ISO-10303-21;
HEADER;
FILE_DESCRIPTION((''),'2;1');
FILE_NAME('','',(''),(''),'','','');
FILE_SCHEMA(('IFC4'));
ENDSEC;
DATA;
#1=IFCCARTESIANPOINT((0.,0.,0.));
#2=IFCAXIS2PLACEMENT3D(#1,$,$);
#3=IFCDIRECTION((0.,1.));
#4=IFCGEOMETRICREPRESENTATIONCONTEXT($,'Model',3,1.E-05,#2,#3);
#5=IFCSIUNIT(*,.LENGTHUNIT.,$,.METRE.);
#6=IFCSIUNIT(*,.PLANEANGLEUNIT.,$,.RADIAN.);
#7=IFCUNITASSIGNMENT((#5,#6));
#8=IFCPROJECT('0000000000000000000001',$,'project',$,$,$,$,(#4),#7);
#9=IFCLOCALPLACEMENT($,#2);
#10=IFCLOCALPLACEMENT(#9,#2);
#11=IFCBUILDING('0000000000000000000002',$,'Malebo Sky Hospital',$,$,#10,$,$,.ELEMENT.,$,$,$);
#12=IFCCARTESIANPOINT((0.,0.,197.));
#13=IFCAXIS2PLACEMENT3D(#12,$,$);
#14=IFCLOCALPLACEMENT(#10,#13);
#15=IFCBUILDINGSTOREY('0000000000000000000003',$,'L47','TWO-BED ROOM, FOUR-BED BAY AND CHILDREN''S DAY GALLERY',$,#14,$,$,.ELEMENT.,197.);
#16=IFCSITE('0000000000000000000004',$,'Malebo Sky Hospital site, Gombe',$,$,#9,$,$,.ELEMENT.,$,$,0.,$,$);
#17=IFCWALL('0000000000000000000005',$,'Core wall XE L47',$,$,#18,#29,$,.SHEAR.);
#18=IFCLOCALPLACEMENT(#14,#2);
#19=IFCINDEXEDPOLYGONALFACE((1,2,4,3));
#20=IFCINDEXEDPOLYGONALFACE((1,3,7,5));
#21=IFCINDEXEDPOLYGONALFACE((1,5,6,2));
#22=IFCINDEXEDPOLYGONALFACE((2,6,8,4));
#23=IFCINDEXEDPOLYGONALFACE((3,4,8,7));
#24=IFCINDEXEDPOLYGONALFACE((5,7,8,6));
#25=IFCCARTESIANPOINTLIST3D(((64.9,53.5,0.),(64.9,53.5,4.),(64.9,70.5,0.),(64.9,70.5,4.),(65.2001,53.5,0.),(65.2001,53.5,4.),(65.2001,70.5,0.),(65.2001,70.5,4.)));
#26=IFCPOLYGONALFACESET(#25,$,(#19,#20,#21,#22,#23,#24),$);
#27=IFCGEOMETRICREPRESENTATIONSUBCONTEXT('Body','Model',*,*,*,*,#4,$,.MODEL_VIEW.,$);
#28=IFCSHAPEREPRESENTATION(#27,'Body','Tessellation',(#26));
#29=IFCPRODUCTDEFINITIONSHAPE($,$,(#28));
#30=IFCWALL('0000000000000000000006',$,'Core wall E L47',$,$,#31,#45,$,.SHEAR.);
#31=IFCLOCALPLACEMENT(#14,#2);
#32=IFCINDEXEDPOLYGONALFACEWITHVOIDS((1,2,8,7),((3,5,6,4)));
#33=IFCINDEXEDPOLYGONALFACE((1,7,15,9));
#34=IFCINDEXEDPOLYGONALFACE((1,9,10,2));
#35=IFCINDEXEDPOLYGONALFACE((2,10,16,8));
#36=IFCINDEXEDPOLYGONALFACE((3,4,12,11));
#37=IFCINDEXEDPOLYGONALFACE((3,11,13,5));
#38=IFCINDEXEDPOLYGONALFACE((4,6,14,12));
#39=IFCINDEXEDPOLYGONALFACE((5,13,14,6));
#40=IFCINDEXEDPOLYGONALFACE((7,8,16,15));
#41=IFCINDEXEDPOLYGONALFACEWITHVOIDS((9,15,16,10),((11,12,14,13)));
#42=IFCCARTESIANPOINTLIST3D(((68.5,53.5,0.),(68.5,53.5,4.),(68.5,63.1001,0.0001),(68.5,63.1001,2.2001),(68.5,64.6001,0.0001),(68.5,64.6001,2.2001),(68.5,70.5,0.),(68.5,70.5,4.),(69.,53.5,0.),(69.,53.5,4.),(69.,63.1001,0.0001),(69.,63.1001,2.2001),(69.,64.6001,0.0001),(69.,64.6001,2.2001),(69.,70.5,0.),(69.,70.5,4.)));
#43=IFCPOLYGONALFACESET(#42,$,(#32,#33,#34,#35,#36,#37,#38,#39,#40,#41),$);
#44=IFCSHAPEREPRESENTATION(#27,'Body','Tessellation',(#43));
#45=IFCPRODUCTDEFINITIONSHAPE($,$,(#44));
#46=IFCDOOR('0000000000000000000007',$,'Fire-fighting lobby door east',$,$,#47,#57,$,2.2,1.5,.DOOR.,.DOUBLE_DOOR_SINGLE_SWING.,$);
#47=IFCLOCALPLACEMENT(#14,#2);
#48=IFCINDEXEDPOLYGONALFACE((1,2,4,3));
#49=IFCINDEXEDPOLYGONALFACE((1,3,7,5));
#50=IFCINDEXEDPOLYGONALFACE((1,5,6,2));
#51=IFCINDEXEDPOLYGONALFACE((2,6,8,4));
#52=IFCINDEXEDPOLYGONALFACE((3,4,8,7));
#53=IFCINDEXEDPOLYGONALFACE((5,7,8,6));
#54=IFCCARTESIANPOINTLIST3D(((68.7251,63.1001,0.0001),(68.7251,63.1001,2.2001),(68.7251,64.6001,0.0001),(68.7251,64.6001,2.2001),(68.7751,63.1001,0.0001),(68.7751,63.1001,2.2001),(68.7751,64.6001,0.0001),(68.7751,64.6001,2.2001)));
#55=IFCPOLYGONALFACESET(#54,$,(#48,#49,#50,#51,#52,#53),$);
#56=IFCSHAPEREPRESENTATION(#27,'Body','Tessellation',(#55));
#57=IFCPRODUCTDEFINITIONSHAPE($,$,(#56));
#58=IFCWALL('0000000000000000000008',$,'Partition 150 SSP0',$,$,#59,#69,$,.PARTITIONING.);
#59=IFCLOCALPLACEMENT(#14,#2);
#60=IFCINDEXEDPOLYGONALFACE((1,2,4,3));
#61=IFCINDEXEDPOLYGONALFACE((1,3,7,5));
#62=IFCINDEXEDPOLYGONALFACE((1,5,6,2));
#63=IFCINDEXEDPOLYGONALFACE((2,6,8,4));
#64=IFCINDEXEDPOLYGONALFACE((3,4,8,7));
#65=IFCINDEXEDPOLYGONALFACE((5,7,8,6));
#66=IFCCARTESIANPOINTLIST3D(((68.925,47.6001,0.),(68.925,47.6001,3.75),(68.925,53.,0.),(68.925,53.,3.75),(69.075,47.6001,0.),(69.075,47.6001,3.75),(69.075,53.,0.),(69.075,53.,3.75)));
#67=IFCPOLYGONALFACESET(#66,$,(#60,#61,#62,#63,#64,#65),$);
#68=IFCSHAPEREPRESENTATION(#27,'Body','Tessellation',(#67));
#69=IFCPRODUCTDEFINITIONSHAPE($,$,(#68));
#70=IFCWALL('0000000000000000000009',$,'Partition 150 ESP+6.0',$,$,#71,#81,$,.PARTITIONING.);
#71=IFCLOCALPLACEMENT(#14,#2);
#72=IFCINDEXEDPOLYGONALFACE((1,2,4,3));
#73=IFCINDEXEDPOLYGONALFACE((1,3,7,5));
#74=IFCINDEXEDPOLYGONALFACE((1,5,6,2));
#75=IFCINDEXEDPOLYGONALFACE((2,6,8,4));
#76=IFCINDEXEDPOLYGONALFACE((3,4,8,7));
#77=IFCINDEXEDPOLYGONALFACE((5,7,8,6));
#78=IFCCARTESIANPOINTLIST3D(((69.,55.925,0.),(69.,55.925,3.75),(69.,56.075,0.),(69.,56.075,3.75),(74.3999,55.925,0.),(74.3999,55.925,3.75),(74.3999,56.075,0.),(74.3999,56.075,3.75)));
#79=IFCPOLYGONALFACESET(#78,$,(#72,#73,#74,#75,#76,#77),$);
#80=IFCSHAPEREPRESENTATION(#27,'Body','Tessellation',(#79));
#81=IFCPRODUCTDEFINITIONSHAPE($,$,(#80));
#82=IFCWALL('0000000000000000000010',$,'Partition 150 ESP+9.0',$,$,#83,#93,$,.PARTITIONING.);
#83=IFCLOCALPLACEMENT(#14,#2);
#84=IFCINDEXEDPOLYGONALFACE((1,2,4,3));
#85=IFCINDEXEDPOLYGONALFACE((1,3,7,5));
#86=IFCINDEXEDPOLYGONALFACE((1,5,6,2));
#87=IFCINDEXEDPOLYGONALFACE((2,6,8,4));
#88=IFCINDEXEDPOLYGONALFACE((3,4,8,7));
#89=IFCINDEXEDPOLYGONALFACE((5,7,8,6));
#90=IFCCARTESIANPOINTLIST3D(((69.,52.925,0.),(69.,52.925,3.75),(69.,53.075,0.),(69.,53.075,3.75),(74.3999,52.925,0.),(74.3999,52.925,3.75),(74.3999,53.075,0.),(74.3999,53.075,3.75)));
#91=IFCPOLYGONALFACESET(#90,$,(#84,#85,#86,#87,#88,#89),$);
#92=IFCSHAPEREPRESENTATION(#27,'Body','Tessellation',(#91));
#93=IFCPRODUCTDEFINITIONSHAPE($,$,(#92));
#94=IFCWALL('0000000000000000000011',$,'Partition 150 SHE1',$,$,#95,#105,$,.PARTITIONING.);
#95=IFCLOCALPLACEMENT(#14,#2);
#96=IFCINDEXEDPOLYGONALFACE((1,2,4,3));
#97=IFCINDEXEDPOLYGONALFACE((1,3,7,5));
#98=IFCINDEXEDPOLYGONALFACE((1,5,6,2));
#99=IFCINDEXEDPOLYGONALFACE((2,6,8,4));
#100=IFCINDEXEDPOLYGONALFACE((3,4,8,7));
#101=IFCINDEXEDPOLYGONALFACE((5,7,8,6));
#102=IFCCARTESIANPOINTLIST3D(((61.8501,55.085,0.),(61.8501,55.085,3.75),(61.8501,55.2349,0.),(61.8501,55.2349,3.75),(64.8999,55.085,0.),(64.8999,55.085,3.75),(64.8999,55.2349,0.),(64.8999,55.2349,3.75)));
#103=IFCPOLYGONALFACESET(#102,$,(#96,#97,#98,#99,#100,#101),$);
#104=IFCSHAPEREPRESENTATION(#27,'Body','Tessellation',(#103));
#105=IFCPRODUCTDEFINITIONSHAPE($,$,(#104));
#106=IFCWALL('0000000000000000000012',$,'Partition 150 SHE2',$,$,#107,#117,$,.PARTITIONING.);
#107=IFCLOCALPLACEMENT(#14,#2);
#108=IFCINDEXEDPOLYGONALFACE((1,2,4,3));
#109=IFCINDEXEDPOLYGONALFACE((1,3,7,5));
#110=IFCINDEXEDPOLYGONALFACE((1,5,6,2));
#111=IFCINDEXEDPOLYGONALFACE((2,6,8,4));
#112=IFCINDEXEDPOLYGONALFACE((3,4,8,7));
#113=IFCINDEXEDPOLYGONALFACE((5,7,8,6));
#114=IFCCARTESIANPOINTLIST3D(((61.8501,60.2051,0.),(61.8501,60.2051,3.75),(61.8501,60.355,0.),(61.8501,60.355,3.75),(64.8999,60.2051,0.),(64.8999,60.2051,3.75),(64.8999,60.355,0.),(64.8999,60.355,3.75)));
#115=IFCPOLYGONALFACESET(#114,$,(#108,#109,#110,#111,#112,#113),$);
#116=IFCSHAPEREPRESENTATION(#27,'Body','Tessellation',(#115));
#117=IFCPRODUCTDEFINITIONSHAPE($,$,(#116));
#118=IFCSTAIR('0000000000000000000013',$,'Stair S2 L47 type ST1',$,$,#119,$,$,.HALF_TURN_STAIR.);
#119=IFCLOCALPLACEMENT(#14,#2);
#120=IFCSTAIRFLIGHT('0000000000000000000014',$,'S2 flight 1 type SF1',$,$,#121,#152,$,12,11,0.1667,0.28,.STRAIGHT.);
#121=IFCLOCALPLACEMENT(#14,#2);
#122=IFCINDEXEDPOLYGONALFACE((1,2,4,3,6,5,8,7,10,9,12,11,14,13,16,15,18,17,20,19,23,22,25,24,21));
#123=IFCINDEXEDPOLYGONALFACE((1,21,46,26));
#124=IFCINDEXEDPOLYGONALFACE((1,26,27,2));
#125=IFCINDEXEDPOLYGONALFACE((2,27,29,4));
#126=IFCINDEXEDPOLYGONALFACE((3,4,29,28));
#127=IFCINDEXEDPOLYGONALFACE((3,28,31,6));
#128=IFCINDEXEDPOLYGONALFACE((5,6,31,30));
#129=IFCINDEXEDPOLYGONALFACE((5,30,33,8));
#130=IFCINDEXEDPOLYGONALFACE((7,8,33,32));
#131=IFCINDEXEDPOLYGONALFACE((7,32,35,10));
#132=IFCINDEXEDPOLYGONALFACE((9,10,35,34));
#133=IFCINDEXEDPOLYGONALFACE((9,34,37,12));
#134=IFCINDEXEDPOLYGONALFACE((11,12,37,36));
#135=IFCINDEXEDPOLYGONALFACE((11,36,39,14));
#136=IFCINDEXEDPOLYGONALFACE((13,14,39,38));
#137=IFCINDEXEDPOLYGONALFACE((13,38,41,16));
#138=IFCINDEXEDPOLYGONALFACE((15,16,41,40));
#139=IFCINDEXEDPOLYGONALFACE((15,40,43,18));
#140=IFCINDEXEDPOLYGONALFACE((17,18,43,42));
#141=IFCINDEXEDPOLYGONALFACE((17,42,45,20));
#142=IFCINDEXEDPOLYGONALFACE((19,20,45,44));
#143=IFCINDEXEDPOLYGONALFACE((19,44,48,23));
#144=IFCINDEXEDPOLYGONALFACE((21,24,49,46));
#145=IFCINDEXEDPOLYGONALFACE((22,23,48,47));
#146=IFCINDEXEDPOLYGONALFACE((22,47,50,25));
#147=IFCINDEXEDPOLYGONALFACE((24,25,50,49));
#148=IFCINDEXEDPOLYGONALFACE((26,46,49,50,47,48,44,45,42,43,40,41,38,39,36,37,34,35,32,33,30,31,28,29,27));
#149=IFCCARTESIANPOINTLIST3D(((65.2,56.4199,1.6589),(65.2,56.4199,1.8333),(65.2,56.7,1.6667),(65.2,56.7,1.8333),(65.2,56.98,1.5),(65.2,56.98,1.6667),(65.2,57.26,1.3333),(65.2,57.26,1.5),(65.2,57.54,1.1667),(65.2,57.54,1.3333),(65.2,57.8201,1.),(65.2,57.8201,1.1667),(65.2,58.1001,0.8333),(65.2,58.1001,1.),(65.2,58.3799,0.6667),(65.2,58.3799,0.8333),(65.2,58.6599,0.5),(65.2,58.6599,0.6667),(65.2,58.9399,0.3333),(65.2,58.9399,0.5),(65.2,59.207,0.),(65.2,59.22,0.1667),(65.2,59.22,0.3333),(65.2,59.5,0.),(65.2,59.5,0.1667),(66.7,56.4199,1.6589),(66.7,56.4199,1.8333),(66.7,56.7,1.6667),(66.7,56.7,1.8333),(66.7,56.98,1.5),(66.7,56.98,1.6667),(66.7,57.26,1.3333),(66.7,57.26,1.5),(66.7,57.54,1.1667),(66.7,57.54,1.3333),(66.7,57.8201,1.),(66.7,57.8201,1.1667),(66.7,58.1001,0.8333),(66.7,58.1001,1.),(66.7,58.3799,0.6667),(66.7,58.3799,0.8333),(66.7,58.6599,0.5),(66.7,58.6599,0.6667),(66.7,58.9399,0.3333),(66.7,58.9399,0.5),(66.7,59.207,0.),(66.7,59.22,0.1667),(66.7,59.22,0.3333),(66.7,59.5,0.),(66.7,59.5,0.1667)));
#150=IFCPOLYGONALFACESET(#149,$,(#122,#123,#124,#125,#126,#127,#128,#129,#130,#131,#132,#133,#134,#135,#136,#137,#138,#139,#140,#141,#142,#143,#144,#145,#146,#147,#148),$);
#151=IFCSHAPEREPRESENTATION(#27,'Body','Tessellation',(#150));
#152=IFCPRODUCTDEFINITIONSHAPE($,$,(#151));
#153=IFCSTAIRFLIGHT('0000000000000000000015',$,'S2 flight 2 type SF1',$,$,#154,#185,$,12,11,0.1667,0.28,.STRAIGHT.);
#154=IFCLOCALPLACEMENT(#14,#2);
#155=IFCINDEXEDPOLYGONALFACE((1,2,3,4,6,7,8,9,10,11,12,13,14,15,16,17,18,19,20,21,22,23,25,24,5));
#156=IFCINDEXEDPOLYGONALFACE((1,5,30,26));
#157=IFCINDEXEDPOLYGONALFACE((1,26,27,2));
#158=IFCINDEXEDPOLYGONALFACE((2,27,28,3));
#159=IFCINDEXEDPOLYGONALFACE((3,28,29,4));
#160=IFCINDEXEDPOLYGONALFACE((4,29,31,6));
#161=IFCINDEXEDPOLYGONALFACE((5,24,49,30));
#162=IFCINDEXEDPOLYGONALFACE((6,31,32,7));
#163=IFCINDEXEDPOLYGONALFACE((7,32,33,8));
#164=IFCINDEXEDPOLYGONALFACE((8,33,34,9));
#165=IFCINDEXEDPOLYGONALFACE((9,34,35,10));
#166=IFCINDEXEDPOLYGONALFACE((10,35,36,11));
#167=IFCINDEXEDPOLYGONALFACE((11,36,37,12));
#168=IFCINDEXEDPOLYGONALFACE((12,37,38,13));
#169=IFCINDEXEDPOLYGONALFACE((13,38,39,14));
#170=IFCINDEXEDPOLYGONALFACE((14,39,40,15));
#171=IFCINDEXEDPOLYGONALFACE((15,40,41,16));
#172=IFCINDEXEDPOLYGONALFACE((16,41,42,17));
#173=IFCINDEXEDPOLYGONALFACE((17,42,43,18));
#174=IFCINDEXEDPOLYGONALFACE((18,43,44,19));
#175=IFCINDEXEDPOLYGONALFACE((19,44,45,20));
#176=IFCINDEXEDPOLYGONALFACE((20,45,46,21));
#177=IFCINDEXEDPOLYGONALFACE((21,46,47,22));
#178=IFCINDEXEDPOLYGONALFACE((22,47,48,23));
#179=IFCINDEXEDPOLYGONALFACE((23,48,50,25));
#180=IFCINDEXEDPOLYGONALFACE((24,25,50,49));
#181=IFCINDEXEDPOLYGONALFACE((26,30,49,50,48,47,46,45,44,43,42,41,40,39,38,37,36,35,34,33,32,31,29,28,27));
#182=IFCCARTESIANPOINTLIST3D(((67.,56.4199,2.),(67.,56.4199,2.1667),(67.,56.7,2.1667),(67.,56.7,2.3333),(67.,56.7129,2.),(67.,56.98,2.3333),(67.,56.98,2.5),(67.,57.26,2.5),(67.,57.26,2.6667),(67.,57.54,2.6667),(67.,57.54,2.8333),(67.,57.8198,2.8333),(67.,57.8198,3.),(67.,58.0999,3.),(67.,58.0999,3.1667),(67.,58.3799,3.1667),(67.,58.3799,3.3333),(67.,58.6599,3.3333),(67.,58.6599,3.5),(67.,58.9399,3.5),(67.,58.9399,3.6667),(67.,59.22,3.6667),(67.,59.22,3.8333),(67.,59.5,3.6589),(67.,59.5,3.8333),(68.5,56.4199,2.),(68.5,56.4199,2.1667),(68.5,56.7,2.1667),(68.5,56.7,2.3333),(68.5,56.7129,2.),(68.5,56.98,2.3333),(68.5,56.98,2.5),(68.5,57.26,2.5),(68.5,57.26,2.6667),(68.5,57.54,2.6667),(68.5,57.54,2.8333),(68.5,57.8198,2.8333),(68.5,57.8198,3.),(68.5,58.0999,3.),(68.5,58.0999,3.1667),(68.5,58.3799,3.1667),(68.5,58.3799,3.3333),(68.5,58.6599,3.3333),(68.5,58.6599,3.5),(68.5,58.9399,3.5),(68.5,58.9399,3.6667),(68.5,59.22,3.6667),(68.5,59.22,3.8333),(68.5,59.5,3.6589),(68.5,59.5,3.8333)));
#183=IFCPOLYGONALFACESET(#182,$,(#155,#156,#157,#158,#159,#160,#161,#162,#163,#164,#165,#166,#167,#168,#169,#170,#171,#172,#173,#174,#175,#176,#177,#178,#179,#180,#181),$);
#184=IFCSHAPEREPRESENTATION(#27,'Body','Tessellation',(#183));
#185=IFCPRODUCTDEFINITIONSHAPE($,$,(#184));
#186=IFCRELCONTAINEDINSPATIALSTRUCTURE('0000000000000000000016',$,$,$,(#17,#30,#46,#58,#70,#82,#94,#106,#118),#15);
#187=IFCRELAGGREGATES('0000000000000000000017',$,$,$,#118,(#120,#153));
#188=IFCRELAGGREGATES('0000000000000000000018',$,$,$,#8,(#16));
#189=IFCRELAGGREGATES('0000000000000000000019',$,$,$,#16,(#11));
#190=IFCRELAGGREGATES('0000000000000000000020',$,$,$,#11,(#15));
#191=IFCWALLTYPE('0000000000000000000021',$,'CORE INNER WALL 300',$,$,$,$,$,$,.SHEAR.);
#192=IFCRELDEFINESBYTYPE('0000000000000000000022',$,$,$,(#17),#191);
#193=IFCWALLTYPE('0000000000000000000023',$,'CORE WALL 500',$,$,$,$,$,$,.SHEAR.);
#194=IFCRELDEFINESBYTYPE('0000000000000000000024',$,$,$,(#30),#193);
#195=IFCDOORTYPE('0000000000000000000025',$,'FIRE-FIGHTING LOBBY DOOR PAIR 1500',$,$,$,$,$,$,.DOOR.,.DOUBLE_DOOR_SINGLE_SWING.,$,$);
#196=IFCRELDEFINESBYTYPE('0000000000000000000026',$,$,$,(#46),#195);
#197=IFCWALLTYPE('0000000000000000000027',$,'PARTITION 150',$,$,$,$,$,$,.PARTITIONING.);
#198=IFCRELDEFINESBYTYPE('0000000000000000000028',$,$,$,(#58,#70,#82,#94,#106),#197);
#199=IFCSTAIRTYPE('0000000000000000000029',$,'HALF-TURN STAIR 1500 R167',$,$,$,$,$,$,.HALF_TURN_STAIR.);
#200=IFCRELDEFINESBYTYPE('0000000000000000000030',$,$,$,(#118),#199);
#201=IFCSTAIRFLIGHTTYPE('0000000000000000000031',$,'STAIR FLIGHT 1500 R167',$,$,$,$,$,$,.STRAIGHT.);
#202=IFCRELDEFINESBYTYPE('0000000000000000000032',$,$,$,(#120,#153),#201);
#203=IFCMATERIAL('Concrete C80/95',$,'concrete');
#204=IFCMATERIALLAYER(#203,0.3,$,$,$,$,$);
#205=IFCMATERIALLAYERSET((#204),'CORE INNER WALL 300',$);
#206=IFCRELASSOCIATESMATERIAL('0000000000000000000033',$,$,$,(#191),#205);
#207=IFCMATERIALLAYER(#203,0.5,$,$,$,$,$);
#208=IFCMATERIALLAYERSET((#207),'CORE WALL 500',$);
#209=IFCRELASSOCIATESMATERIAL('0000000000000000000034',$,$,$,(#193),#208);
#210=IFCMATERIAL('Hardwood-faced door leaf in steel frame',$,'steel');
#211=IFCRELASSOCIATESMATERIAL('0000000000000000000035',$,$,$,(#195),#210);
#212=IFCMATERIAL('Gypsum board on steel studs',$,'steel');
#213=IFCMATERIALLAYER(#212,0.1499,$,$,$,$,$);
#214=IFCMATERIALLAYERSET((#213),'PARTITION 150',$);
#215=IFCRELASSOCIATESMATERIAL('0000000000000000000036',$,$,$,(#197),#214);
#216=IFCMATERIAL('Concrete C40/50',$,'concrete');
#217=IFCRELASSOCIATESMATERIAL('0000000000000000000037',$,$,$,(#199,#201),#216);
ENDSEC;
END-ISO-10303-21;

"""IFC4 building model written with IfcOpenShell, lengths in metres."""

from ifc_helpers import new_model, si_unit, direction, frame, frame_2d, origin, place, context, subcontext, project, spatial, polyline, rectangle, outline, extrude, material, layer, layer_set, type_object, element, fill, aggregate, save


model = new_model("IFC4")

# Units and contexts
model_context = context("Model", 3, precision=1e-05, world=origin(), true_north=direction((0.0, 1.0)))
body_context = subcontext(model_context, "Body", "Model", "MODEL_VIEW")
ifc_project = project(units=[si_unit("LENGTHUNIT", "METRE"), si_unit("PLANEANGLEUNIT", "RADIAN")], contexts=[model_context])

# Site, building, storey
site_placement = place(None, origin())
site = spatial("IfcSite", under=ifc_project, at=site_placement, Name="Malebo Sky Hospital site, Gombe", CompositionType="ELEMENT", RefElevation=0.0)
building_placement = place(site_placement, origin())
building = spatial("IfcBuilding", under=site, at=building_placement, Name="Malebo Sky Hospital", CompositionType="ELEMENT")
storey_placement = place(building_placement, frame((0.0, 0.0, 197.0)))
storey = spatial("IfcBuildingStorey", under=building, at=storey_placement, Name="L47", Description="TWO-BED ROOM, FOUR-BED BAY AND CHILDREN'S DAY GALLERY", CompositionType="ELEMENT", Elevation=197.0)

# Shared definitions
ifc_material_1 = material(Name="Concrete C80/95", Category="concrete")
ifc_material_2 = material(Name="Hardwood-faced door leaf in steel frame", Category="steel")

# Wall
ifc_layer_1 = layer(ifc_material_1, 0.3)
ifc_layer_set_1 = layer_set([ifc_layer_1], Name="CORE INNER WALL 300")
wall_type_1 = type_object("IfcWallType", Name="CORE INNER WALL 300", PredefinedType="SHEAR", material=ifc_layer_set_1)
wall_1_placement = place(storey_placement, frame((65.05, 53.5, 0.0), z_axis=(0.0, 0.0, 1.0), x_axis=(0.0, 1.0, 0.0)))
element("IfcWall", 1, at=wall_1_placement, inside=storey, type_object=wall_type_1, Name="Core wall XE L47", PredefinedType="SHEAR", context=body_context, shape_type="SweptSolid", body=[
    extrude(rectangle(XDim=17.0, YDim=0.3, at=frame_2d((8.5, 0.0))), origin(), (0.0, 0.0, 1.0), 4.0),
])

# Wall, opening, door
ifc_layer_2 = layer(ifc_material_1, 0.5)
ifc_layer_set_2 = layer_set([ifc_layer_2], Name="CORE WALL 500")
wall_type_2 = type_object("IfcWallType", Name="CORE WALL 500", PredefinedType="SHEAR", material=ifc_layer_set_2)
wall_2_placement = place(storey_placement, frame((68.75, 53.5, 0.0), z_axis=(0.0, 0.0, 1.0), x_axis=(0.0, 1.0, 0.0)))
wall_2 = element("IfcWall", 2, at=wall_2_placement, inside=storey, type_object=wall_type_2, Name="Core wall E L47", PredefinedType="SHEAR", context=body_context, shape_type="SweptSolid", body=[
    extrude(rectangle(XDim=17.0, YDim=0.5, at=frame_2d((8.5, 0.0))), origin(), (0.0, 0.0, 1.0), 4.0),
])
opening_1_placement = place(wall_2_placement, frame((9.6001, 0.0, 0.0)))
opening_1 = element("IfcOpeningElement", 3, at=opening_1_placement, cuts=wall_2, PredefinedType="OPENING", context=body_context, shape_type="SweptSolid", body=[
    extrude(rectangle(XDim=1.5, YDim=2.2, at=frame_2d((0.75, 1.1001))), frame((0.0, 0.26, 0.0), z_axis=(0.0, -1.0, 0.0), x_axis=(1.0, 0.0, 0.0)), (0.0, 0.0, 1.0), 0.52),
])
door_type_1 = type_object("IfcDoorType", Name="FIRE-FIGHTING LOBBY DOOR PAIR 1500", OperationType="DOUBLE_DOOR_SINGLE_SWING", PredefinedType="DOOR", material=ifc_material_2)
door_1_placement = place(opening_1_placement, origin())
door_1 = element("IfcDoor", 4, at=door_1_placement, inside=storey, type_object=door_type_1, Name="Fire-fighting lobby door east", OperationType="DOUBLE_DOOR_SINGLE_SWING", OverallHeight=2.2, OverallWidth=1.5, PredefinedType="DOOR", context=body_context, shape_type="SweptSolid", body=[
    extrude(rectangle(XDim=1.5, YDim=2.2, at=frame_2d((0.75, 1.1001))), frame((0.0, 0.0249, 0.0), z_axis=(0.0, -1.0, 0.0), x_axis=(1.0, 0.0, 0.0)), (0.0, 0.0, 1.0), 0.05),
])
fill(opening_1, door_1)

# Walls
ifc_material_3 = material(Name="Gypsum board on steel studs", Category="steel")
ifc_layer_3 = layer(ifc_material_3, 0.1499)
ifc_layer_set_3 = layer_set([ifc_layer_3], Name="PARTITION 150")
wall_type_3 = type_object("IfcWallType", Name="PARTITION 150", PredefinedType="PARTITIONING", material=ifc_layer_set_3)
for number, where, z_axis, x_axis, name in (
    (5, (69.0, 53.0, 0.0), (0.0, 0.0, 1.0), (0.0, -1.0, 0.0), "Partition 150 SSP0"),
    (6, (69.0, 56.0, 0.0), (0.0, 0.0, 1.0), (1.0, 0.0, 0.0), "Partition 150 ESP+6.0"),
    (7, (69.0, 53.0, 0.0), (0.0, 0.0, 1.0), (1.0, 0.0, 0.0), "Partition 150 ESP+9.0"),
):
    element("IfcWall", number, at=place(storey_placement, frame(where, z_axis=z_axis, x_axis=x_axis)), inside=storey, type_object=wall_type_3, Name=name, PredefinedType="PARTITIONING", context=body_context, shape_type="SweptSolid", body=[
        extrude(rectangle(XDim=5.3999, YDim=0.1499, at=frame_2d((2.7, 0.0))), origin(), (0.0, 0.0, 1.0), 3.75),
    ])
for number, where, z_axis, x_axis, name in (
    (8, (61.8501, 55.1599, 0.0), (0.0, 0.0, 1.0), (1.0, 0.0, 0.0), "Partition 150 SHE1"),
    (9, (61.8501, 60.28, 0.0), (0.0, 0.0, 1.0), (1.0, 0.0, 0.0), "Partition 150 SHE2"),
):
    element("IfcWall", number, at=place(storey_placement, frame(where, z_axis=z_axis, x_axis=x_axis)), inside=storey, type_object=wall_type_3, Name=name, PredefinedType="PARTITIONING", context=body_context, shape_type="SweptSolid", body=[
        extrude(rectangle(XDim=3.0498, YDim=0.1499, at=frame_2d((1.5249, 0.0))), origin(), (0.0, 0.0, 1.0), 3.75),
    ])

# Stair, stair flights
ifc_material_4 = material(Name="Concrete C40/50", Category="concrete")
stair_type = type_object("IfcStairType", Name="HALF-TURN STAIR 1500 R167", PredefinedType="HALF_TURN_STAIR", material=ifc_material_4)
stair_placement = place(storey_placement, origin())
stair = element("IfcStair", 10, at=stair_placement, inside=storey, type_object=stair_type, Name="Stair S2 L47 type ST1", PredefinedType="HALF_TURN_STAIR")
stair_flight_type = type_object("IfcStairFlightType", Name="STAIR FLIGHT 1500 R167", PredefinedType="STRAIGHT", material=ifc_material_4)
stair_flight_1_placement = place(storey_placement, frame((65.95, 59.5, 0.0), z_axis=(0.0, 0.0, 1.0), x_axis=(0.0, -1.0, 0.0)))
stair_flight_1 = element("IfcStairFlight", 11, at=stair_flight_1_placement, type_object=stair_flight_type, Name="S2 flight 1 type SF1", NumberOfRisers=12, NumberOfTreads=11, PredefinedType="STRAIGHT", RiserHeight=0.1667, TreadLength=0.28, context=body_context, shape_type="SweptSolid", body=[
    extrude(outline(polyline([(0.0, 0.0), (0.0, 0.1667), (0.28, 0.1667), (0.28, 0.3333), (0.5601, 0.3333), (0.5601, 0.5), (0.8401, 0.5), (0.8401, 0.6667), (1.1201, 0.6667), (1.1201, 0.8333), (1.3999, 0.8333), (1.3999, 1.0), (1.6799, 1.0), (1.6799, 1.1667), (1.96, 1.1667), (1.96, 1.3333), (2.24, 1.3333), (2.24, 1.5), (2.52, 1.5), (2.52, 1.6667), (2.8, 1.6667), (2.8, 1.8333), (3.0801, 1.8333), (3.0801, 2.0), (3.0801, 1.6589), (0.293, 0.0), (0.0, 0.0)])), frame((0.0, 0.75, 0.0), z_axis=(0.0, -1.0, 0.0), x_axis=(1.0, 0.0, 0.0)), (0.0, 0.0, 1.0), 1.5),
])
stair_flight_2_placement = place(storey_placement, frame((67.75, 56.4199, 2.0), z_axis=(0.0, 0.0, 1.0), x_axis=(0.0, 1.0, 0.0)))
stair_flight_2 = element("IfcStairFlight", 12, at=stair_flight_2_placement, type_object=stair_flight_type, Name="S2 flight 2 type SF1", NumberOfRisers=12, NumberOfTreads=11, PredefinedType="STRAIGHT", RiserHeight=0.1667, TreadLength=0.28, context=body_context, shape_type="SweptSolid", body=[
    extrude(outline(polyline([(0.0, 0.0), (0.0, 0.1667), (0.28, 0.1667), (0.28, 0.3333), (0.5601, 0.3333), (0.5601, 0.5), (0.8401, 0.5), (0.8401, 0.6667), (1.1201, 0.6667), (1.1201, 0.8333), (1.3999, 0.8333), (1.3999, 1.0), (1.6799, 1.0), (1.6799, 1.1667), (1.96, 1.1667), (1.96, 1.3333), (2.24, 1.3333), (2.24, 1.5), (2.52, 1.5), (2.52, 1.6667), (2.8, 1.6667), (2.8, 1.8333), (3.0801, 1.8333), (3.0801, 2.0), (3.0801, 1.6589), (0.293, 0.0), (0.0, 0.0)])), frame((0.0, 0.75, 0.0), z_axis=(0.0, -1.0, 0.0), x_axis=(1.0, 0.0, 0.0)), (0.0, 0.0, 1.0), 1.5),
])
aggregate(stair, [stair_flight_1, stair_flight_2])

save(model, "model.ifc")
